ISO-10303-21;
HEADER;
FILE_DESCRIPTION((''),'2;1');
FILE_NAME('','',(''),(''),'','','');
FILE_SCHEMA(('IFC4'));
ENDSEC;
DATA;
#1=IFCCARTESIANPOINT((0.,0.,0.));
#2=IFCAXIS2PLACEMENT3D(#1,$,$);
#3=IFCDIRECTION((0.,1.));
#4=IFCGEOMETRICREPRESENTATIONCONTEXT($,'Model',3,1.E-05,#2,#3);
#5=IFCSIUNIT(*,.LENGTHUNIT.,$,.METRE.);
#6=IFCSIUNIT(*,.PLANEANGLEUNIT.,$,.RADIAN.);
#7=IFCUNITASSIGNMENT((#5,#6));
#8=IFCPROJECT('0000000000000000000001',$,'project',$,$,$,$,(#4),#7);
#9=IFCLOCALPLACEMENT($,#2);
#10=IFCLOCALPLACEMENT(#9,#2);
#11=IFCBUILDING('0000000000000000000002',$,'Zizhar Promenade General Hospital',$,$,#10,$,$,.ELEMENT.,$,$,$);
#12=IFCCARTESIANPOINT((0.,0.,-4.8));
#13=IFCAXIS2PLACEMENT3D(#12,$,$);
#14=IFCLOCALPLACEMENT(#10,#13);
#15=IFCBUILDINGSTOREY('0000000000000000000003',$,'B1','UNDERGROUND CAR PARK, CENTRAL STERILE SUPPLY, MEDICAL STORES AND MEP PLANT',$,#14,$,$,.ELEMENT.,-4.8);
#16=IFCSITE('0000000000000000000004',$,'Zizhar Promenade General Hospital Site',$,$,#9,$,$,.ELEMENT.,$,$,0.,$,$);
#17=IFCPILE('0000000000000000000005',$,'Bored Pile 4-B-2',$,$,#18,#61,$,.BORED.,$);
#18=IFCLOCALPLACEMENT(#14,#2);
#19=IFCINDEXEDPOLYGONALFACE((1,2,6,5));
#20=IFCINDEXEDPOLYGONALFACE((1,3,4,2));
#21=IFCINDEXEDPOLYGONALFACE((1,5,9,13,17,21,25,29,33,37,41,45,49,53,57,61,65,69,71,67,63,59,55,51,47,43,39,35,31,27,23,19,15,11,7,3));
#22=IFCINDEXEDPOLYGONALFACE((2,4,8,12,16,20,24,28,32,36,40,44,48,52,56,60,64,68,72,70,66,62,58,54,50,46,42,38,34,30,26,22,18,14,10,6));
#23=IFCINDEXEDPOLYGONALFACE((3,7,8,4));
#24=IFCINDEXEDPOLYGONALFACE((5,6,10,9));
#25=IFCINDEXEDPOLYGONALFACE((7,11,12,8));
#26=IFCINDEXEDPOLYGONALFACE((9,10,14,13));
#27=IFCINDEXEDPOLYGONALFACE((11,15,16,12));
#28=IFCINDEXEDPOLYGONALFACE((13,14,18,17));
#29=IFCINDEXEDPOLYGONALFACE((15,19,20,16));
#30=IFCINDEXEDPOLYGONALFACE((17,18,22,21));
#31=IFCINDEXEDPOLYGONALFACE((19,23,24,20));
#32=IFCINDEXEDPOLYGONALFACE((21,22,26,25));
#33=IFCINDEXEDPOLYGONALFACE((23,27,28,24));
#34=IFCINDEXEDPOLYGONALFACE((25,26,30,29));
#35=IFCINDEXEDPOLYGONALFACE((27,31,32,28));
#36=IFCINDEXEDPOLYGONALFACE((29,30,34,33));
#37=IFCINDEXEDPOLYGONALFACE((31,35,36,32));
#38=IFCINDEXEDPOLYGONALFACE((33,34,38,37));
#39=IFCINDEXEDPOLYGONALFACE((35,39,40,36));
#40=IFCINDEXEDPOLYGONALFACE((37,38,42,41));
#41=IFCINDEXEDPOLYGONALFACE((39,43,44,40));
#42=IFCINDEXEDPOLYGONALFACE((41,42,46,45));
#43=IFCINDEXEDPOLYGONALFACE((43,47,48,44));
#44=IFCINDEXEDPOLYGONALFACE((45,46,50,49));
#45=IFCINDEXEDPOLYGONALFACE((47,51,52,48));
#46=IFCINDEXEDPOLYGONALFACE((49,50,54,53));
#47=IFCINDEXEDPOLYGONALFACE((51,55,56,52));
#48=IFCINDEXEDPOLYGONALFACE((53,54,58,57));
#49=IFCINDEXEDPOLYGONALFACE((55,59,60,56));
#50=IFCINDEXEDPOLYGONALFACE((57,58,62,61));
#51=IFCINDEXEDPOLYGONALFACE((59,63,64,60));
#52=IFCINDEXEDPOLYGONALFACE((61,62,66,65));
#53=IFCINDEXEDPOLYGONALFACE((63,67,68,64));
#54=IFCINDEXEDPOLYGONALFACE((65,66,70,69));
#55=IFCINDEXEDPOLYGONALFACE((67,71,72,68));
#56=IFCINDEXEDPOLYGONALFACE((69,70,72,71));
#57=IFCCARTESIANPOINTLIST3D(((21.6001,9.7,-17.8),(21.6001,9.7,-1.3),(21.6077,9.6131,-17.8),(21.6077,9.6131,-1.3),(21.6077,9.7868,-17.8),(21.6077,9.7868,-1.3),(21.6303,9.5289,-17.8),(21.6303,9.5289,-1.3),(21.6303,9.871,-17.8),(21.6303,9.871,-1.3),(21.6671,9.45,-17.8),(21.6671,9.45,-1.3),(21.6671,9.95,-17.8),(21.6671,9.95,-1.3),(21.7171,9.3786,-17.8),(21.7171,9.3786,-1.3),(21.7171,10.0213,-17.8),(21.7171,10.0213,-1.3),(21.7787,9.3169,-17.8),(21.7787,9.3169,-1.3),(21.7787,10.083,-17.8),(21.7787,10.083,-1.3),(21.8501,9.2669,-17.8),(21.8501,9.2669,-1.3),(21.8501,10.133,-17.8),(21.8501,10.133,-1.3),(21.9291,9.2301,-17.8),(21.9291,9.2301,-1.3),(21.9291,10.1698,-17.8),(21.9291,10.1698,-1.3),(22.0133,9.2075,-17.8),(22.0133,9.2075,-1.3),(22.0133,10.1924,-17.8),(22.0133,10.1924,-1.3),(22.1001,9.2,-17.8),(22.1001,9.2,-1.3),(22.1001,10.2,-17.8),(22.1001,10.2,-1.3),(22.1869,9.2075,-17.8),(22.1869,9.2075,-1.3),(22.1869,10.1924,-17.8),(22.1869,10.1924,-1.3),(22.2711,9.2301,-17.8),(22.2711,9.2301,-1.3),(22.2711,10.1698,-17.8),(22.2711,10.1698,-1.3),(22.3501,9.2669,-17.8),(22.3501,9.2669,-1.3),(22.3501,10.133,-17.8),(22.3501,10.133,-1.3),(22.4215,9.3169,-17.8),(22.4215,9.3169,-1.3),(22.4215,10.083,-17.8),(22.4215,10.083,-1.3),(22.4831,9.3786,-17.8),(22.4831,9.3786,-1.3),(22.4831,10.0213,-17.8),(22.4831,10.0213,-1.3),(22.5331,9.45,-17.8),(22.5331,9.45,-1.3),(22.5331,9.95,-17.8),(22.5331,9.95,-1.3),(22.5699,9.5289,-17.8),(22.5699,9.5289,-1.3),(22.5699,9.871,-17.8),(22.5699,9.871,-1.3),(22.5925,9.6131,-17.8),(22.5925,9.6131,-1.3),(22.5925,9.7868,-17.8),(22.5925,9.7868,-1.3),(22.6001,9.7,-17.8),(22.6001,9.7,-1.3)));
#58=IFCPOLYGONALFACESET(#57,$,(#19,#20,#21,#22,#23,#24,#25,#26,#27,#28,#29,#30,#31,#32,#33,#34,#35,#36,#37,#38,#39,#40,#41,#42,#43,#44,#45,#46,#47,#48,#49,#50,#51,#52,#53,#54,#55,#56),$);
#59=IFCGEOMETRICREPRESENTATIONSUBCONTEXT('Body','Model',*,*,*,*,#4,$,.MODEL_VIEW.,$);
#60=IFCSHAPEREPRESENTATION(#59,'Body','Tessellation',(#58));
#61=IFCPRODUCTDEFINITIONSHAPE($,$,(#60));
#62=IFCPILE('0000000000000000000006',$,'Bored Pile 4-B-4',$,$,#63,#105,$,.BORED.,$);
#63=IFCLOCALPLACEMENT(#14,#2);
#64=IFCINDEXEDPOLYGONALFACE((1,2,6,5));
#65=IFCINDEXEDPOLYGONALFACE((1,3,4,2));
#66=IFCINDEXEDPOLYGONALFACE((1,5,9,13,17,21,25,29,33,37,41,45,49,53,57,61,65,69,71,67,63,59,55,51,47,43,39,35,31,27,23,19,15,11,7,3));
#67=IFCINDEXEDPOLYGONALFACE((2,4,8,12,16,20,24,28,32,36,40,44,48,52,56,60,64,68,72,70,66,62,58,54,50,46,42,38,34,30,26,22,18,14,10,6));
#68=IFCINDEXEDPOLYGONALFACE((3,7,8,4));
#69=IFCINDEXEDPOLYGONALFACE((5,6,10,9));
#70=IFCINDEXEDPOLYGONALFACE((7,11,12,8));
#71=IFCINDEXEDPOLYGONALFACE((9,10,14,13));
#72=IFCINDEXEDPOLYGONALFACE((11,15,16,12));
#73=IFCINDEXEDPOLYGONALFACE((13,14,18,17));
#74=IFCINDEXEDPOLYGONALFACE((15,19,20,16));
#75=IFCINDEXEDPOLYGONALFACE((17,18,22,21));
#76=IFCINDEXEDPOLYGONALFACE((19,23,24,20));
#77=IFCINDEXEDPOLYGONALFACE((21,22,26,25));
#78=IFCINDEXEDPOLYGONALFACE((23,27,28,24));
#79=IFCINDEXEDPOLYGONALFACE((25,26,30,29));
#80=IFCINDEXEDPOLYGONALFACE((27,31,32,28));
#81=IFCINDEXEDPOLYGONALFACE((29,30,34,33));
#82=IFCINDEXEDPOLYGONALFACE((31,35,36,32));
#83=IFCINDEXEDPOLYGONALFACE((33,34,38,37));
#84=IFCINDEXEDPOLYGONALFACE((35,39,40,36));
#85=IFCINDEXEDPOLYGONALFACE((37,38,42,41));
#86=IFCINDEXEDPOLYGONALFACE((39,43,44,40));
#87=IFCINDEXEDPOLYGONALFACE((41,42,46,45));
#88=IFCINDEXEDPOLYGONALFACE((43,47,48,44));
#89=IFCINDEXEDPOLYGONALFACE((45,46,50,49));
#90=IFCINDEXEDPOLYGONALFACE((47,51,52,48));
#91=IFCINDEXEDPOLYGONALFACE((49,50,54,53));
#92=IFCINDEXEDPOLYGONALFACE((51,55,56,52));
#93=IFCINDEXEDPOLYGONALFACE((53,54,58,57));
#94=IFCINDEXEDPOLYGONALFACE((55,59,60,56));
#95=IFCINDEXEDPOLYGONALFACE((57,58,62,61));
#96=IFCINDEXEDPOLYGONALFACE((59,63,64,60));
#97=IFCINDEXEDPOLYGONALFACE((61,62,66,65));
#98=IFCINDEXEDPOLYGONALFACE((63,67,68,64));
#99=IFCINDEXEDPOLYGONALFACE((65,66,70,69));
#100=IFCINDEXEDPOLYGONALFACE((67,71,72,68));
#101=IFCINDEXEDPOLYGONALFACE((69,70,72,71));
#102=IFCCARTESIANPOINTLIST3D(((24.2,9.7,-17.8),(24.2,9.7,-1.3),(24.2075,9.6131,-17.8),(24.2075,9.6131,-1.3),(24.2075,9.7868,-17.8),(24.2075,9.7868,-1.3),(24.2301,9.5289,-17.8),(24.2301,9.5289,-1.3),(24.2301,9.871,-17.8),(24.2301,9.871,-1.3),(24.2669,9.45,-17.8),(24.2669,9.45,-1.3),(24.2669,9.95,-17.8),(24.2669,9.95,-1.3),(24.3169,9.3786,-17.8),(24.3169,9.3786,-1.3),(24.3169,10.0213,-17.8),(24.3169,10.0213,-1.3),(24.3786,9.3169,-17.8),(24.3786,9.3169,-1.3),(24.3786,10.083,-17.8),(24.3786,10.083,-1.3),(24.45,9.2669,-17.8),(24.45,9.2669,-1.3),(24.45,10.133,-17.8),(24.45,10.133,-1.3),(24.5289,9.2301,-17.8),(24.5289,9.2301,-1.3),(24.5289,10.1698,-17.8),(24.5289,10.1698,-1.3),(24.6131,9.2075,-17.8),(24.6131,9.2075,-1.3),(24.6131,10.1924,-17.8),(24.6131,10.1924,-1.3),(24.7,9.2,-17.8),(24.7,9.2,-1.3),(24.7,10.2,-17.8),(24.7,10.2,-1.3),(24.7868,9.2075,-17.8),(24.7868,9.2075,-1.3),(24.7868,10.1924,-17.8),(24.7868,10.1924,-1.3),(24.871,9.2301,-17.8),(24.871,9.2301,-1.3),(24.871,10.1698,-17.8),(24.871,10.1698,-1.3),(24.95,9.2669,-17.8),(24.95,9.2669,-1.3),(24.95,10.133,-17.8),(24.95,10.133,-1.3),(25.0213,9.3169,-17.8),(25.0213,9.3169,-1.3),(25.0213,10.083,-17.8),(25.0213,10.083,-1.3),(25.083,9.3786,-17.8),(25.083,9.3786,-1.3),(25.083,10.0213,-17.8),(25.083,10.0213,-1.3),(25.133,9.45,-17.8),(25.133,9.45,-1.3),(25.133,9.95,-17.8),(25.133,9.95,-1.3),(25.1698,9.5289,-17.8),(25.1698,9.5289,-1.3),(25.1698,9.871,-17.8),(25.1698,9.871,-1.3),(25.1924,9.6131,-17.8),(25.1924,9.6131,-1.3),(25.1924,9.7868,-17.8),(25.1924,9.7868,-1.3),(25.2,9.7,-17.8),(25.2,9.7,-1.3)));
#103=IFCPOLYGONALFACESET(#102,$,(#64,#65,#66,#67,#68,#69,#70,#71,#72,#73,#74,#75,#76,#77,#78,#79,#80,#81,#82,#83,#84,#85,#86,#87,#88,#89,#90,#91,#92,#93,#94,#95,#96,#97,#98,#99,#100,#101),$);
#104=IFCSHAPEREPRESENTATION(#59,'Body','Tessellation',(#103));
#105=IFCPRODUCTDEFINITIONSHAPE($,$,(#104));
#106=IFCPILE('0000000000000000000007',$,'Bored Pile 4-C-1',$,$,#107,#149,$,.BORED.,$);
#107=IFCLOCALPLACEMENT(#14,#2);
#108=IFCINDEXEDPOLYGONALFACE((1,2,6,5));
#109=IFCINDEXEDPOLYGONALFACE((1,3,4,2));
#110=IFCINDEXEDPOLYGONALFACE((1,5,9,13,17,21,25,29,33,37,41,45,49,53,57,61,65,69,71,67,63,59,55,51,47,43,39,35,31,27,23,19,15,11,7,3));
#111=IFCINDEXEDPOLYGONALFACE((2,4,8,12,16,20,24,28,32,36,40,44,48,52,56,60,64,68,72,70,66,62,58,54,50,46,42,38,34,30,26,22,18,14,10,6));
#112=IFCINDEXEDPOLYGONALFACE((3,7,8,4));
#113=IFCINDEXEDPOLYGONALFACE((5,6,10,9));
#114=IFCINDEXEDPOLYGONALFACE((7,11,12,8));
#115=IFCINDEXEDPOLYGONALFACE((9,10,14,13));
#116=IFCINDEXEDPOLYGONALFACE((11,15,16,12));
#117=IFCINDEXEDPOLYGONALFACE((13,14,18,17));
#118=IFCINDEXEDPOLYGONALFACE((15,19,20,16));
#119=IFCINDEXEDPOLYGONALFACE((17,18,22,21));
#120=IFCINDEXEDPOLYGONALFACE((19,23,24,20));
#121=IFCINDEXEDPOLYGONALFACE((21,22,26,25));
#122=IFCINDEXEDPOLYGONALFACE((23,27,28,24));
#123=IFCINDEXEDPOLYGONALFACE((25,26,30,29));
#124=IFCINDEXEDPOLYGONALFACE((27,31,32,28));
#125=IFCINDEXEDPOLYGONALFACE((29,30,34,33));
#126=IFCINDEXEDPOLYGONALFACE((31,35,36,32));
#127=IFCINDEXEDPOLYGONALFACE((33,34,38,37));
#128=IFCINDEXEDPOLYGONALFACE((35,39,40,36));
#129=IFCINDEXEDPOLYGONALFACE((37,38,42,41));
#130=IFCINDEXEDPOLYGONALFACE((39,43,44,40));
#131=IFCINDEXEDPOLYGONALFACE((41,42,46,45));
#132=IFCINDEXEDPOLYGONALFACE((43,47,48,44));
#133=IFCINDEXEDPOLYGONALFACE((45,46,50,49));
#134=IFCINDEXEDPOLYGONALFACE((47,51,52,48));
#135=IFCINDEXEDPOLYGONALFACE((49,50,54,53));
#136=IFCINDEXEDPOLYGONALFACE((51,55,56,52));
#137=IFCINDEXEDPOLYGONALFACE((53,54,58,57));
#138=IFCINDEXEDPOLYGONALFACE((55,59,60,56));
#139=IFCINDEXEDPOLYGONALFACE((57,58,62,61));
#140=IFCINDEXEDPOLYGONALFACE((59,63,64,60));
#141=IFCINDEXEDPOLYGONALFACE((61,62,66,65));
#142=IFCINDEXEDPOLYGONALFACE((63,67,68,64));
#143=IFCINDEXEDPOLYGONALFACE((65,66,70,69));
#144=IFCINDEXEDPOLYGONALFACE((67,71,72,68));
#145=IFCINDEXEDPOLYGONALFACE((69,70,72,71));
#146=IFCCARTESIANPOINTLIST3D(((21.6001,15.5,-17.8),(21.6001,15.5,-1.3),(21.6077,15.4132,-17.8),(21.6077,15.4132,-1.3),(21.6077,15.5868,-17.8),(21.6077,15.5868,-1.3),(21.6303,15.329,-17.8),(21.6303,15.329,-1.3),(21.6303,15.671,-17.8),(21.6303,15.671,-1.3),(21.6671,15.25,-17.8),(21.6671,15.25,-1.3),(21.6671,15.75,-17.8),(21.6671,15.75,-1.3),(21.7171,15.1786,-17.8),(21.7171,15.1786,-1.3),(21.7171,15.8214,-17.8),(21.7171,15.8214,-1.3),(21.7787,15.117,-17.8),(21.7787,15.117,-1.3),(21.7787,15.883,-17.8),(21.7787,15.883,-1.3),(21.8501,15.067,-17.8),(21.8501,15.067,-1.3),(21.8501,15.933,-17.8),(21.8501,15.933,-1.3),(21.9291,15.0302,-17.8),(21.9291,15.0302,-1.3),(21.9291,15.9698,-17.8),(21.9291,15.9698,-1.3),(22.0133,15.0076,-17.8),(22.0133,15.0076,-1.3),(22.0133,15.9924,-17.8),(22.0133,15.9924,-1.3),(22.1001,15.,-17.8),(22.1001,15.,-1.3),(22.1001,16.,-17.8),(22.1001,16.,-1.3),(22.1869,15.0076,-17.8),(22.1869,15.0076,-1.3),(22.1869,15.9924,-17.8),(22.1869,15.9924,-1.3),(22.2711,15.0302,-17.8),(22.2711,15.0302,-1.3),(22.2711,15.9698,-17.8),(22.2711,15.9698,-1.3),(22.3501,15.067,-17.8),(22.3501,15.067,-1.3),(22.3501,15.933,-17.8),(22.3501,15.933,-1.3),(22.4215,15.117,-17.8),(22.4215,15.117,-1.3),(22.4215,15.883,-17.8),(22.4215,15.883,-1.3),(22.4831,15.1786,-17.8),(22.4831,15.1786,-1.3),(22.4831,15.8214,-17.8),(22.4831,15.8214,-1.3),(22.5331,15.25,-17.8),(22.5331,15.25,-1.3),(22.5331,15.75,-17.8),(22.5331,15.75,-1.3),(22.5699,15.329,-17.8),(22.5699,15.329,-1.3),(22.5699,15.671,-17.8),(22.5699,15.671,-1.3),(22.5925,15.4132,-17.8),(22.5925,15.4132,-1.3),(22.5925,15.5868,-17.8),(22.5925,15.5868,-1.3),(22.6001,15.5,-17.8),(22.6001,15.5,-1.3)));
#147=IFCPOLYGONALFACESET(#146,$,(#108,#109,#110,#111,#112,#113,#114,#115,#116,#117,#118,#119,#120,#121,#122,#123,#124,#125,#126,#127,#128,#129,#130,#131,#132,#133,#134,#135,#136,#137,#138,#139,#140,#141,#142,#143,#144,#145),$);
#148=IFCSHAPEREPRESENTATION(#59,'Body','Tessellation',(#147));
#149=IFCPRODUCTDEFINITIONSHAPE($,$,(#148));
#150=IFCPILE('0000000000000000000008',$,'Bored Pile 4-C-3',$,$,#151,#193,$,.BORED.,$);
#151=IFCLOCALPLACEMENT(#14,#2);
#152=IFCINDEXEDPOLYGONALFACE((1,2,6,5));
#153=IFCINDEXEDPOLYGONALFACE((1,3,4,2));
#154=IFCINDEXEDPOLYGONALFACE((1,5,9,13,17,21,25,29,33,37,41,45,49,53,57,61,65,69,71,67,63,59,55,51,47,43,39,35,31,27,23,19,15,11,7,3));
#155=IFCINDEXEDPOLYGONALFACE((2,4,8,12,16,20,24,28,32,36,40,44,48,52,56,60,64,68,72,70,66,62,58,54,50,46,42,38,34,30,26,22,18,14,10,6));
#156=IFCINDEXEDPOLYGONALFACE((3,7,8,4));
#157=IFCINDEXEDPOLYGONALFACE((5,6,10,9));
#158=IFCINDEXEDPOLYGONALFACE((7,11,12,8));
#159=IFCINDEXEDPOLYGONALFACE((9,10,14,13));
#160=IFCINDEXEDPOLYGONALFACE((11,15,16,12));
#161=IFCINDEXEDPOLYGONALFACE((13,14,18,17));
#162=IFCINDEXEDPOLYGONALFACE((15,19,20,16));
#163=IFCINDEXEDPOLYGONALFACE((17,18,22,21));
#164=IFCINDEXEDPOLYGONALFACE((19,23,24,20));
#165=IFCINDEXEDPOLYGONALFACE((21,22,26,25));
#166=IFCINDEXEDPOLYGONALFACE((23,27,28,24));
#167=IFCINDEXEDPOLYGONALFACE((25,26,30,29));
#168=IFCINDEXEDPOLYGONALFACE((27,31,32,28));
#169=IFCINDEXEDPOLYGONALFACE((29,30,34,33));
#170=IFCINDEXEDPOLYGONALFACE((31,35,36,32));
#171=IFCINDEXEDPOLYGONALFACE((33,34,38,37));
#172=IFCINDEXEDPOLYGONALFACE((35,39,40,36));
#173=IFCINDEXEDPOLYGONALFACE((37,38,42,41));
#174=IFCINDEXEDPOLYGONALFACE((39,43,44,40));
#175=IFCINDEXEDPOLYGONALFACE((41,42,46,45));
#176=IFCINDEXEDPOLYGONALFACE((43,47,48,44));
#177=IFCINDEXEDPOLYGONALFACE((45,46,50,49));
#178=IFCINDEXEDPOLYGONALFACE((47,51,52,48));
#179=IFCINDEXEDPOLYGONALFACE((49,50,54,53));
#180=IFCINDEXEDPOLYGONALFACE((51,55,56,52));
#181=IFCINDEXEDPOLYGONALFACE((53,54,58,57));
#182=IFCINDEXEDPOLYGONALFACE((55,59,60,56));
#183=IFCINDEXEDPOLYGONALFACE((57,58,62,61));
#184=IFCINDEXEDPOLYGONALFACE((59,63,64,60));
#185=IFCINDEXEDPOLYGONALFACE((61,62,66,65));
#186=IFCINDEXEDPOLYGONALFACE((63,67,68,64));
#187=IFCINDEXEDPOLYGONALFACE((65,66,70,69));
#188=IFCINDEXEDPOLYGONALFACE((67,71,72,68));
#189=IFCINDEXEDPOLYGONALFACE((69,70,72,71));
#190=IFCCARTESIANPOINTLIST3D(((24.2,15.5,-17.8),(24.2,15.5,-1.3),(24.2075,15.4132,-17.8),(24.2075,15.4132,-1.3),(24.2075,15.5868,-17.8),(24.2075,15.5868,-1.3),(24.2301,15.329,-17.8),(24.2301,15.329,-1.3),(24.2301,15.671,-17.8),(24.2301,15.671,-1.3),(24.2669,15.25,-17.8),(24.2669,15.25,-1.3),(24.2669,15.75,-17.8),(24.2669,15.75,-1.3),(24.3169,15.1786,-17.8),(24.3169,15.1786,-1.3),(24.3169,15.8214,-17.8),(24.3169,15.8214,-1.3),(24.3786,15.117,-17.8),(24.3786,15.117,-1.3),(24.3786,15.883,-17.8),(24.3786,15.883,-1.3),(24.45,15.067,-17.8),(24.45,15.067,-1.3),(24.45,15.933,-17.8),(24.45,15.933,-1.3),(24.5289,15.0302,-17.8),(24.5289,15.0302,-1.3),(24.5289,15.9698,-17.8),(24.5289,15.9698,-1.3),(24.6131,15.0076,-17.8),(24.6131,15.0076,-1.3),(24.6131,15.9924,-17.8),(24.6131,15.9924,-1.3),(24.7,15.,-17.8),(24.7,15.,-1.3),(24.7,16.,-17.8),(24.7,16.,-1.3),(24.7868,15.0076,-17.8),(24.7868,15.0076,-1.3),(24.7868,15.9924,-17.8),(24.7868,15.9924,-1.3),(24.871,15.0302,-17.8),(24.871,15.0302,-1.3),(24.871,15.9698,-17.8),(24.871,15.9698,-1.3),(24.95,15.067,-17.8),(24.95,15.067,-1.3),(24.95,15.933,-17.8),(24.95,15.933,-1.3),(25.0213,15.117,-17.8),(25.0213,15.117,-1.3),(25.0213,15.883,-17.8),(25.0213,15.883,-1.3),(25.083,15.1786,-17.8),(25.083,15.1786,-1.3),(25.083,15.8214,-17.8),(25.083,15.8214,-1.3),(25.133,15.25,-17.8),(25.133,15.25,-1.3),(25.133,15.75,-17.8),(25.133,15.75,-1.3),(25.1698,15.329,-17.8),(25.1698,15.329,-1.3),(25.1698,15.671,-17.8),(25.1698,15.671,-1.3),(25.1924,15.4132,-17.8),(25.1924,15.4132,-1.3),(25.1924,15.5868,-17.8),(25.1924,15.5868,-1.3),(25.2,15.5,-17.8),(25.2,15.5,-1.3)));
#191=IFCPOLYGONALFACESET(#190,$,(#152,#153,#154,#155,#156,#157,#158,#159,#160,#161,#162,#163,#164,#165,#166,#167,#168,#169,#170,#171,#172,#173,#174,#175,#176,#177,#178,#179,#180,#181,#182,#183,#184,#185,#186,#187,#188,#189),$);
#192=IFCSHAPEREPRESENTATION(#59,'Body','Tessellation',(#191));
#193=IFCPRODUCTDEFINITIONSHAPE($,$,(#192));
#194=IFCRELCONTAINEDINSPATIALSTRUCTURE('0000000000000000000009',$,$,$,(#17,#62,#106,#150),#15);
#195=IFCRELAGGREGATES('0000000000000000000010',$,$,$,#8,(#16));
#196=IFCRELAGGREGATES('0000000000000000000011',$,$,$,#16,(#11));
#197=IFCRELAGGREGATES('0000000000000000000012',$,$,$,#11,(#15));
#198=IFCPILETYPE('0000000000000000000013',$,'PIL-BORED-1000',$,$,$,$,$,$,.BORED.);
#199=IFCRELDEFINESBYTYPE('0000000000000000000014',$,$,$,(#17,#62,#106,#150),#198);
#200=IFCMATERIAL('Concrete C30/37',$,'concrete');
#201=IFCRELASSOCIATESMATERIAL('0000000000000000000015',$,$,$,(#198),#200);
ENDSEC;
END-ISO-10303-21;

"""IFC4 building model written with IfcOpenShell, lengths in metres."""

from ifc_helpers import new_model, si_unit, direction, frame, origin, origin_2d, place, context, subcontext, project, spatial, circle, extrude, material, material_profile, profile_set, type_object, element, save


model = new_model("IFC4")

# Units and contexts
model_context = context("Model", 3, precision=1e-05, world=origin(), true_north=direction((0.0, 1.0)))
body_context = subcontext(model_context, "Body", "Model", "MODEL_VIEW")
ifc_project = project(units=[si_unit("LENGTHUNIT", "METRE"), si_unit("PLANEANGLEUNIT", "RADIAN")], contexts=[model_context])

# Site, building, storey
site_placement = place(None, origin())
site = spatial("IfcSite", under=ifc_project, at=site_placement, Name="Zizhar Promenade General Hospital Site", CompositionType="ELEMENT", RefElevation=0.0)
building_placement = place(site_placement, origin())
building = spatial("IfcBuilding", under=site, at=building_placement, Name="Zizhar Promenade General Hospital", CompositionType="ELEMENT")
storey_placement = place(building_placement, frame((0.0, 0.0, -4.8)))
storey = spatial("IfcBuildingStorey", under=building, at=storey_placement, Name="B1", Description="UNDERGROUND CAR PARK, CENTRAL STERILE SUPPLY, MEDICAL STORES AND MEP PLANT", CompositionType="ELEMENT", Elevation=-4.8)

# Piles
ifc_material_1 = material(Name="Concrete C30/37", Category="concrete")
ifc_material_profile_1 = material_profile(ifc_material_1, circle(Radius=0.5, at=origin_2d()))
ifc_profile_set_1 = profile_set([ifc_material_profile_1], Name="Concrete C30/37")
pile_type = type_object("IfcPileType", Name="PIL-BORED-1000", PredefinedType="BORED", material=ifc_profile_set_1)
for number, where, z_axis, x_axis, name in (
    (1, (22.1001, 9.7, -1.3), (0.0, 0.0, -1.0), (1.0, 0.0, 0.0), "Bored Pile 4-B-2"),
    (2, (24.7, 9.7, -1.3), (0.0, 0.0, -1.0), (1.0, 0.0, 0.0), "Bored Pile 4-B-4"),
    (3, (22.1001, 15.5, -1.3), (0.0, 0.0, -1.0), (1.0, 0.0, 0.0), "Bored Pile 4-C-1"),
    (4, (24.7, 15.5, -1.3), (0.0, 0.0, -1.0), (1.0, 0.0, 0.0), "Bored Pile 4-C-3"),
):
    element("IfcPile", number, at=place(storey_placement, frame(where, z_axis=z_axis, x_axis=x_axis)), inside=storey, type_object=pile_type, Name=name, PredefinedType="BORED", context=body_context, shape_type="SweptSolid", body=[
        extrude(circle(Radius=0.5, at=origin_2d()), origin(), (0.0, 0.0, 1.0), 16.5),
    ])

save(model, "model.ifc")
